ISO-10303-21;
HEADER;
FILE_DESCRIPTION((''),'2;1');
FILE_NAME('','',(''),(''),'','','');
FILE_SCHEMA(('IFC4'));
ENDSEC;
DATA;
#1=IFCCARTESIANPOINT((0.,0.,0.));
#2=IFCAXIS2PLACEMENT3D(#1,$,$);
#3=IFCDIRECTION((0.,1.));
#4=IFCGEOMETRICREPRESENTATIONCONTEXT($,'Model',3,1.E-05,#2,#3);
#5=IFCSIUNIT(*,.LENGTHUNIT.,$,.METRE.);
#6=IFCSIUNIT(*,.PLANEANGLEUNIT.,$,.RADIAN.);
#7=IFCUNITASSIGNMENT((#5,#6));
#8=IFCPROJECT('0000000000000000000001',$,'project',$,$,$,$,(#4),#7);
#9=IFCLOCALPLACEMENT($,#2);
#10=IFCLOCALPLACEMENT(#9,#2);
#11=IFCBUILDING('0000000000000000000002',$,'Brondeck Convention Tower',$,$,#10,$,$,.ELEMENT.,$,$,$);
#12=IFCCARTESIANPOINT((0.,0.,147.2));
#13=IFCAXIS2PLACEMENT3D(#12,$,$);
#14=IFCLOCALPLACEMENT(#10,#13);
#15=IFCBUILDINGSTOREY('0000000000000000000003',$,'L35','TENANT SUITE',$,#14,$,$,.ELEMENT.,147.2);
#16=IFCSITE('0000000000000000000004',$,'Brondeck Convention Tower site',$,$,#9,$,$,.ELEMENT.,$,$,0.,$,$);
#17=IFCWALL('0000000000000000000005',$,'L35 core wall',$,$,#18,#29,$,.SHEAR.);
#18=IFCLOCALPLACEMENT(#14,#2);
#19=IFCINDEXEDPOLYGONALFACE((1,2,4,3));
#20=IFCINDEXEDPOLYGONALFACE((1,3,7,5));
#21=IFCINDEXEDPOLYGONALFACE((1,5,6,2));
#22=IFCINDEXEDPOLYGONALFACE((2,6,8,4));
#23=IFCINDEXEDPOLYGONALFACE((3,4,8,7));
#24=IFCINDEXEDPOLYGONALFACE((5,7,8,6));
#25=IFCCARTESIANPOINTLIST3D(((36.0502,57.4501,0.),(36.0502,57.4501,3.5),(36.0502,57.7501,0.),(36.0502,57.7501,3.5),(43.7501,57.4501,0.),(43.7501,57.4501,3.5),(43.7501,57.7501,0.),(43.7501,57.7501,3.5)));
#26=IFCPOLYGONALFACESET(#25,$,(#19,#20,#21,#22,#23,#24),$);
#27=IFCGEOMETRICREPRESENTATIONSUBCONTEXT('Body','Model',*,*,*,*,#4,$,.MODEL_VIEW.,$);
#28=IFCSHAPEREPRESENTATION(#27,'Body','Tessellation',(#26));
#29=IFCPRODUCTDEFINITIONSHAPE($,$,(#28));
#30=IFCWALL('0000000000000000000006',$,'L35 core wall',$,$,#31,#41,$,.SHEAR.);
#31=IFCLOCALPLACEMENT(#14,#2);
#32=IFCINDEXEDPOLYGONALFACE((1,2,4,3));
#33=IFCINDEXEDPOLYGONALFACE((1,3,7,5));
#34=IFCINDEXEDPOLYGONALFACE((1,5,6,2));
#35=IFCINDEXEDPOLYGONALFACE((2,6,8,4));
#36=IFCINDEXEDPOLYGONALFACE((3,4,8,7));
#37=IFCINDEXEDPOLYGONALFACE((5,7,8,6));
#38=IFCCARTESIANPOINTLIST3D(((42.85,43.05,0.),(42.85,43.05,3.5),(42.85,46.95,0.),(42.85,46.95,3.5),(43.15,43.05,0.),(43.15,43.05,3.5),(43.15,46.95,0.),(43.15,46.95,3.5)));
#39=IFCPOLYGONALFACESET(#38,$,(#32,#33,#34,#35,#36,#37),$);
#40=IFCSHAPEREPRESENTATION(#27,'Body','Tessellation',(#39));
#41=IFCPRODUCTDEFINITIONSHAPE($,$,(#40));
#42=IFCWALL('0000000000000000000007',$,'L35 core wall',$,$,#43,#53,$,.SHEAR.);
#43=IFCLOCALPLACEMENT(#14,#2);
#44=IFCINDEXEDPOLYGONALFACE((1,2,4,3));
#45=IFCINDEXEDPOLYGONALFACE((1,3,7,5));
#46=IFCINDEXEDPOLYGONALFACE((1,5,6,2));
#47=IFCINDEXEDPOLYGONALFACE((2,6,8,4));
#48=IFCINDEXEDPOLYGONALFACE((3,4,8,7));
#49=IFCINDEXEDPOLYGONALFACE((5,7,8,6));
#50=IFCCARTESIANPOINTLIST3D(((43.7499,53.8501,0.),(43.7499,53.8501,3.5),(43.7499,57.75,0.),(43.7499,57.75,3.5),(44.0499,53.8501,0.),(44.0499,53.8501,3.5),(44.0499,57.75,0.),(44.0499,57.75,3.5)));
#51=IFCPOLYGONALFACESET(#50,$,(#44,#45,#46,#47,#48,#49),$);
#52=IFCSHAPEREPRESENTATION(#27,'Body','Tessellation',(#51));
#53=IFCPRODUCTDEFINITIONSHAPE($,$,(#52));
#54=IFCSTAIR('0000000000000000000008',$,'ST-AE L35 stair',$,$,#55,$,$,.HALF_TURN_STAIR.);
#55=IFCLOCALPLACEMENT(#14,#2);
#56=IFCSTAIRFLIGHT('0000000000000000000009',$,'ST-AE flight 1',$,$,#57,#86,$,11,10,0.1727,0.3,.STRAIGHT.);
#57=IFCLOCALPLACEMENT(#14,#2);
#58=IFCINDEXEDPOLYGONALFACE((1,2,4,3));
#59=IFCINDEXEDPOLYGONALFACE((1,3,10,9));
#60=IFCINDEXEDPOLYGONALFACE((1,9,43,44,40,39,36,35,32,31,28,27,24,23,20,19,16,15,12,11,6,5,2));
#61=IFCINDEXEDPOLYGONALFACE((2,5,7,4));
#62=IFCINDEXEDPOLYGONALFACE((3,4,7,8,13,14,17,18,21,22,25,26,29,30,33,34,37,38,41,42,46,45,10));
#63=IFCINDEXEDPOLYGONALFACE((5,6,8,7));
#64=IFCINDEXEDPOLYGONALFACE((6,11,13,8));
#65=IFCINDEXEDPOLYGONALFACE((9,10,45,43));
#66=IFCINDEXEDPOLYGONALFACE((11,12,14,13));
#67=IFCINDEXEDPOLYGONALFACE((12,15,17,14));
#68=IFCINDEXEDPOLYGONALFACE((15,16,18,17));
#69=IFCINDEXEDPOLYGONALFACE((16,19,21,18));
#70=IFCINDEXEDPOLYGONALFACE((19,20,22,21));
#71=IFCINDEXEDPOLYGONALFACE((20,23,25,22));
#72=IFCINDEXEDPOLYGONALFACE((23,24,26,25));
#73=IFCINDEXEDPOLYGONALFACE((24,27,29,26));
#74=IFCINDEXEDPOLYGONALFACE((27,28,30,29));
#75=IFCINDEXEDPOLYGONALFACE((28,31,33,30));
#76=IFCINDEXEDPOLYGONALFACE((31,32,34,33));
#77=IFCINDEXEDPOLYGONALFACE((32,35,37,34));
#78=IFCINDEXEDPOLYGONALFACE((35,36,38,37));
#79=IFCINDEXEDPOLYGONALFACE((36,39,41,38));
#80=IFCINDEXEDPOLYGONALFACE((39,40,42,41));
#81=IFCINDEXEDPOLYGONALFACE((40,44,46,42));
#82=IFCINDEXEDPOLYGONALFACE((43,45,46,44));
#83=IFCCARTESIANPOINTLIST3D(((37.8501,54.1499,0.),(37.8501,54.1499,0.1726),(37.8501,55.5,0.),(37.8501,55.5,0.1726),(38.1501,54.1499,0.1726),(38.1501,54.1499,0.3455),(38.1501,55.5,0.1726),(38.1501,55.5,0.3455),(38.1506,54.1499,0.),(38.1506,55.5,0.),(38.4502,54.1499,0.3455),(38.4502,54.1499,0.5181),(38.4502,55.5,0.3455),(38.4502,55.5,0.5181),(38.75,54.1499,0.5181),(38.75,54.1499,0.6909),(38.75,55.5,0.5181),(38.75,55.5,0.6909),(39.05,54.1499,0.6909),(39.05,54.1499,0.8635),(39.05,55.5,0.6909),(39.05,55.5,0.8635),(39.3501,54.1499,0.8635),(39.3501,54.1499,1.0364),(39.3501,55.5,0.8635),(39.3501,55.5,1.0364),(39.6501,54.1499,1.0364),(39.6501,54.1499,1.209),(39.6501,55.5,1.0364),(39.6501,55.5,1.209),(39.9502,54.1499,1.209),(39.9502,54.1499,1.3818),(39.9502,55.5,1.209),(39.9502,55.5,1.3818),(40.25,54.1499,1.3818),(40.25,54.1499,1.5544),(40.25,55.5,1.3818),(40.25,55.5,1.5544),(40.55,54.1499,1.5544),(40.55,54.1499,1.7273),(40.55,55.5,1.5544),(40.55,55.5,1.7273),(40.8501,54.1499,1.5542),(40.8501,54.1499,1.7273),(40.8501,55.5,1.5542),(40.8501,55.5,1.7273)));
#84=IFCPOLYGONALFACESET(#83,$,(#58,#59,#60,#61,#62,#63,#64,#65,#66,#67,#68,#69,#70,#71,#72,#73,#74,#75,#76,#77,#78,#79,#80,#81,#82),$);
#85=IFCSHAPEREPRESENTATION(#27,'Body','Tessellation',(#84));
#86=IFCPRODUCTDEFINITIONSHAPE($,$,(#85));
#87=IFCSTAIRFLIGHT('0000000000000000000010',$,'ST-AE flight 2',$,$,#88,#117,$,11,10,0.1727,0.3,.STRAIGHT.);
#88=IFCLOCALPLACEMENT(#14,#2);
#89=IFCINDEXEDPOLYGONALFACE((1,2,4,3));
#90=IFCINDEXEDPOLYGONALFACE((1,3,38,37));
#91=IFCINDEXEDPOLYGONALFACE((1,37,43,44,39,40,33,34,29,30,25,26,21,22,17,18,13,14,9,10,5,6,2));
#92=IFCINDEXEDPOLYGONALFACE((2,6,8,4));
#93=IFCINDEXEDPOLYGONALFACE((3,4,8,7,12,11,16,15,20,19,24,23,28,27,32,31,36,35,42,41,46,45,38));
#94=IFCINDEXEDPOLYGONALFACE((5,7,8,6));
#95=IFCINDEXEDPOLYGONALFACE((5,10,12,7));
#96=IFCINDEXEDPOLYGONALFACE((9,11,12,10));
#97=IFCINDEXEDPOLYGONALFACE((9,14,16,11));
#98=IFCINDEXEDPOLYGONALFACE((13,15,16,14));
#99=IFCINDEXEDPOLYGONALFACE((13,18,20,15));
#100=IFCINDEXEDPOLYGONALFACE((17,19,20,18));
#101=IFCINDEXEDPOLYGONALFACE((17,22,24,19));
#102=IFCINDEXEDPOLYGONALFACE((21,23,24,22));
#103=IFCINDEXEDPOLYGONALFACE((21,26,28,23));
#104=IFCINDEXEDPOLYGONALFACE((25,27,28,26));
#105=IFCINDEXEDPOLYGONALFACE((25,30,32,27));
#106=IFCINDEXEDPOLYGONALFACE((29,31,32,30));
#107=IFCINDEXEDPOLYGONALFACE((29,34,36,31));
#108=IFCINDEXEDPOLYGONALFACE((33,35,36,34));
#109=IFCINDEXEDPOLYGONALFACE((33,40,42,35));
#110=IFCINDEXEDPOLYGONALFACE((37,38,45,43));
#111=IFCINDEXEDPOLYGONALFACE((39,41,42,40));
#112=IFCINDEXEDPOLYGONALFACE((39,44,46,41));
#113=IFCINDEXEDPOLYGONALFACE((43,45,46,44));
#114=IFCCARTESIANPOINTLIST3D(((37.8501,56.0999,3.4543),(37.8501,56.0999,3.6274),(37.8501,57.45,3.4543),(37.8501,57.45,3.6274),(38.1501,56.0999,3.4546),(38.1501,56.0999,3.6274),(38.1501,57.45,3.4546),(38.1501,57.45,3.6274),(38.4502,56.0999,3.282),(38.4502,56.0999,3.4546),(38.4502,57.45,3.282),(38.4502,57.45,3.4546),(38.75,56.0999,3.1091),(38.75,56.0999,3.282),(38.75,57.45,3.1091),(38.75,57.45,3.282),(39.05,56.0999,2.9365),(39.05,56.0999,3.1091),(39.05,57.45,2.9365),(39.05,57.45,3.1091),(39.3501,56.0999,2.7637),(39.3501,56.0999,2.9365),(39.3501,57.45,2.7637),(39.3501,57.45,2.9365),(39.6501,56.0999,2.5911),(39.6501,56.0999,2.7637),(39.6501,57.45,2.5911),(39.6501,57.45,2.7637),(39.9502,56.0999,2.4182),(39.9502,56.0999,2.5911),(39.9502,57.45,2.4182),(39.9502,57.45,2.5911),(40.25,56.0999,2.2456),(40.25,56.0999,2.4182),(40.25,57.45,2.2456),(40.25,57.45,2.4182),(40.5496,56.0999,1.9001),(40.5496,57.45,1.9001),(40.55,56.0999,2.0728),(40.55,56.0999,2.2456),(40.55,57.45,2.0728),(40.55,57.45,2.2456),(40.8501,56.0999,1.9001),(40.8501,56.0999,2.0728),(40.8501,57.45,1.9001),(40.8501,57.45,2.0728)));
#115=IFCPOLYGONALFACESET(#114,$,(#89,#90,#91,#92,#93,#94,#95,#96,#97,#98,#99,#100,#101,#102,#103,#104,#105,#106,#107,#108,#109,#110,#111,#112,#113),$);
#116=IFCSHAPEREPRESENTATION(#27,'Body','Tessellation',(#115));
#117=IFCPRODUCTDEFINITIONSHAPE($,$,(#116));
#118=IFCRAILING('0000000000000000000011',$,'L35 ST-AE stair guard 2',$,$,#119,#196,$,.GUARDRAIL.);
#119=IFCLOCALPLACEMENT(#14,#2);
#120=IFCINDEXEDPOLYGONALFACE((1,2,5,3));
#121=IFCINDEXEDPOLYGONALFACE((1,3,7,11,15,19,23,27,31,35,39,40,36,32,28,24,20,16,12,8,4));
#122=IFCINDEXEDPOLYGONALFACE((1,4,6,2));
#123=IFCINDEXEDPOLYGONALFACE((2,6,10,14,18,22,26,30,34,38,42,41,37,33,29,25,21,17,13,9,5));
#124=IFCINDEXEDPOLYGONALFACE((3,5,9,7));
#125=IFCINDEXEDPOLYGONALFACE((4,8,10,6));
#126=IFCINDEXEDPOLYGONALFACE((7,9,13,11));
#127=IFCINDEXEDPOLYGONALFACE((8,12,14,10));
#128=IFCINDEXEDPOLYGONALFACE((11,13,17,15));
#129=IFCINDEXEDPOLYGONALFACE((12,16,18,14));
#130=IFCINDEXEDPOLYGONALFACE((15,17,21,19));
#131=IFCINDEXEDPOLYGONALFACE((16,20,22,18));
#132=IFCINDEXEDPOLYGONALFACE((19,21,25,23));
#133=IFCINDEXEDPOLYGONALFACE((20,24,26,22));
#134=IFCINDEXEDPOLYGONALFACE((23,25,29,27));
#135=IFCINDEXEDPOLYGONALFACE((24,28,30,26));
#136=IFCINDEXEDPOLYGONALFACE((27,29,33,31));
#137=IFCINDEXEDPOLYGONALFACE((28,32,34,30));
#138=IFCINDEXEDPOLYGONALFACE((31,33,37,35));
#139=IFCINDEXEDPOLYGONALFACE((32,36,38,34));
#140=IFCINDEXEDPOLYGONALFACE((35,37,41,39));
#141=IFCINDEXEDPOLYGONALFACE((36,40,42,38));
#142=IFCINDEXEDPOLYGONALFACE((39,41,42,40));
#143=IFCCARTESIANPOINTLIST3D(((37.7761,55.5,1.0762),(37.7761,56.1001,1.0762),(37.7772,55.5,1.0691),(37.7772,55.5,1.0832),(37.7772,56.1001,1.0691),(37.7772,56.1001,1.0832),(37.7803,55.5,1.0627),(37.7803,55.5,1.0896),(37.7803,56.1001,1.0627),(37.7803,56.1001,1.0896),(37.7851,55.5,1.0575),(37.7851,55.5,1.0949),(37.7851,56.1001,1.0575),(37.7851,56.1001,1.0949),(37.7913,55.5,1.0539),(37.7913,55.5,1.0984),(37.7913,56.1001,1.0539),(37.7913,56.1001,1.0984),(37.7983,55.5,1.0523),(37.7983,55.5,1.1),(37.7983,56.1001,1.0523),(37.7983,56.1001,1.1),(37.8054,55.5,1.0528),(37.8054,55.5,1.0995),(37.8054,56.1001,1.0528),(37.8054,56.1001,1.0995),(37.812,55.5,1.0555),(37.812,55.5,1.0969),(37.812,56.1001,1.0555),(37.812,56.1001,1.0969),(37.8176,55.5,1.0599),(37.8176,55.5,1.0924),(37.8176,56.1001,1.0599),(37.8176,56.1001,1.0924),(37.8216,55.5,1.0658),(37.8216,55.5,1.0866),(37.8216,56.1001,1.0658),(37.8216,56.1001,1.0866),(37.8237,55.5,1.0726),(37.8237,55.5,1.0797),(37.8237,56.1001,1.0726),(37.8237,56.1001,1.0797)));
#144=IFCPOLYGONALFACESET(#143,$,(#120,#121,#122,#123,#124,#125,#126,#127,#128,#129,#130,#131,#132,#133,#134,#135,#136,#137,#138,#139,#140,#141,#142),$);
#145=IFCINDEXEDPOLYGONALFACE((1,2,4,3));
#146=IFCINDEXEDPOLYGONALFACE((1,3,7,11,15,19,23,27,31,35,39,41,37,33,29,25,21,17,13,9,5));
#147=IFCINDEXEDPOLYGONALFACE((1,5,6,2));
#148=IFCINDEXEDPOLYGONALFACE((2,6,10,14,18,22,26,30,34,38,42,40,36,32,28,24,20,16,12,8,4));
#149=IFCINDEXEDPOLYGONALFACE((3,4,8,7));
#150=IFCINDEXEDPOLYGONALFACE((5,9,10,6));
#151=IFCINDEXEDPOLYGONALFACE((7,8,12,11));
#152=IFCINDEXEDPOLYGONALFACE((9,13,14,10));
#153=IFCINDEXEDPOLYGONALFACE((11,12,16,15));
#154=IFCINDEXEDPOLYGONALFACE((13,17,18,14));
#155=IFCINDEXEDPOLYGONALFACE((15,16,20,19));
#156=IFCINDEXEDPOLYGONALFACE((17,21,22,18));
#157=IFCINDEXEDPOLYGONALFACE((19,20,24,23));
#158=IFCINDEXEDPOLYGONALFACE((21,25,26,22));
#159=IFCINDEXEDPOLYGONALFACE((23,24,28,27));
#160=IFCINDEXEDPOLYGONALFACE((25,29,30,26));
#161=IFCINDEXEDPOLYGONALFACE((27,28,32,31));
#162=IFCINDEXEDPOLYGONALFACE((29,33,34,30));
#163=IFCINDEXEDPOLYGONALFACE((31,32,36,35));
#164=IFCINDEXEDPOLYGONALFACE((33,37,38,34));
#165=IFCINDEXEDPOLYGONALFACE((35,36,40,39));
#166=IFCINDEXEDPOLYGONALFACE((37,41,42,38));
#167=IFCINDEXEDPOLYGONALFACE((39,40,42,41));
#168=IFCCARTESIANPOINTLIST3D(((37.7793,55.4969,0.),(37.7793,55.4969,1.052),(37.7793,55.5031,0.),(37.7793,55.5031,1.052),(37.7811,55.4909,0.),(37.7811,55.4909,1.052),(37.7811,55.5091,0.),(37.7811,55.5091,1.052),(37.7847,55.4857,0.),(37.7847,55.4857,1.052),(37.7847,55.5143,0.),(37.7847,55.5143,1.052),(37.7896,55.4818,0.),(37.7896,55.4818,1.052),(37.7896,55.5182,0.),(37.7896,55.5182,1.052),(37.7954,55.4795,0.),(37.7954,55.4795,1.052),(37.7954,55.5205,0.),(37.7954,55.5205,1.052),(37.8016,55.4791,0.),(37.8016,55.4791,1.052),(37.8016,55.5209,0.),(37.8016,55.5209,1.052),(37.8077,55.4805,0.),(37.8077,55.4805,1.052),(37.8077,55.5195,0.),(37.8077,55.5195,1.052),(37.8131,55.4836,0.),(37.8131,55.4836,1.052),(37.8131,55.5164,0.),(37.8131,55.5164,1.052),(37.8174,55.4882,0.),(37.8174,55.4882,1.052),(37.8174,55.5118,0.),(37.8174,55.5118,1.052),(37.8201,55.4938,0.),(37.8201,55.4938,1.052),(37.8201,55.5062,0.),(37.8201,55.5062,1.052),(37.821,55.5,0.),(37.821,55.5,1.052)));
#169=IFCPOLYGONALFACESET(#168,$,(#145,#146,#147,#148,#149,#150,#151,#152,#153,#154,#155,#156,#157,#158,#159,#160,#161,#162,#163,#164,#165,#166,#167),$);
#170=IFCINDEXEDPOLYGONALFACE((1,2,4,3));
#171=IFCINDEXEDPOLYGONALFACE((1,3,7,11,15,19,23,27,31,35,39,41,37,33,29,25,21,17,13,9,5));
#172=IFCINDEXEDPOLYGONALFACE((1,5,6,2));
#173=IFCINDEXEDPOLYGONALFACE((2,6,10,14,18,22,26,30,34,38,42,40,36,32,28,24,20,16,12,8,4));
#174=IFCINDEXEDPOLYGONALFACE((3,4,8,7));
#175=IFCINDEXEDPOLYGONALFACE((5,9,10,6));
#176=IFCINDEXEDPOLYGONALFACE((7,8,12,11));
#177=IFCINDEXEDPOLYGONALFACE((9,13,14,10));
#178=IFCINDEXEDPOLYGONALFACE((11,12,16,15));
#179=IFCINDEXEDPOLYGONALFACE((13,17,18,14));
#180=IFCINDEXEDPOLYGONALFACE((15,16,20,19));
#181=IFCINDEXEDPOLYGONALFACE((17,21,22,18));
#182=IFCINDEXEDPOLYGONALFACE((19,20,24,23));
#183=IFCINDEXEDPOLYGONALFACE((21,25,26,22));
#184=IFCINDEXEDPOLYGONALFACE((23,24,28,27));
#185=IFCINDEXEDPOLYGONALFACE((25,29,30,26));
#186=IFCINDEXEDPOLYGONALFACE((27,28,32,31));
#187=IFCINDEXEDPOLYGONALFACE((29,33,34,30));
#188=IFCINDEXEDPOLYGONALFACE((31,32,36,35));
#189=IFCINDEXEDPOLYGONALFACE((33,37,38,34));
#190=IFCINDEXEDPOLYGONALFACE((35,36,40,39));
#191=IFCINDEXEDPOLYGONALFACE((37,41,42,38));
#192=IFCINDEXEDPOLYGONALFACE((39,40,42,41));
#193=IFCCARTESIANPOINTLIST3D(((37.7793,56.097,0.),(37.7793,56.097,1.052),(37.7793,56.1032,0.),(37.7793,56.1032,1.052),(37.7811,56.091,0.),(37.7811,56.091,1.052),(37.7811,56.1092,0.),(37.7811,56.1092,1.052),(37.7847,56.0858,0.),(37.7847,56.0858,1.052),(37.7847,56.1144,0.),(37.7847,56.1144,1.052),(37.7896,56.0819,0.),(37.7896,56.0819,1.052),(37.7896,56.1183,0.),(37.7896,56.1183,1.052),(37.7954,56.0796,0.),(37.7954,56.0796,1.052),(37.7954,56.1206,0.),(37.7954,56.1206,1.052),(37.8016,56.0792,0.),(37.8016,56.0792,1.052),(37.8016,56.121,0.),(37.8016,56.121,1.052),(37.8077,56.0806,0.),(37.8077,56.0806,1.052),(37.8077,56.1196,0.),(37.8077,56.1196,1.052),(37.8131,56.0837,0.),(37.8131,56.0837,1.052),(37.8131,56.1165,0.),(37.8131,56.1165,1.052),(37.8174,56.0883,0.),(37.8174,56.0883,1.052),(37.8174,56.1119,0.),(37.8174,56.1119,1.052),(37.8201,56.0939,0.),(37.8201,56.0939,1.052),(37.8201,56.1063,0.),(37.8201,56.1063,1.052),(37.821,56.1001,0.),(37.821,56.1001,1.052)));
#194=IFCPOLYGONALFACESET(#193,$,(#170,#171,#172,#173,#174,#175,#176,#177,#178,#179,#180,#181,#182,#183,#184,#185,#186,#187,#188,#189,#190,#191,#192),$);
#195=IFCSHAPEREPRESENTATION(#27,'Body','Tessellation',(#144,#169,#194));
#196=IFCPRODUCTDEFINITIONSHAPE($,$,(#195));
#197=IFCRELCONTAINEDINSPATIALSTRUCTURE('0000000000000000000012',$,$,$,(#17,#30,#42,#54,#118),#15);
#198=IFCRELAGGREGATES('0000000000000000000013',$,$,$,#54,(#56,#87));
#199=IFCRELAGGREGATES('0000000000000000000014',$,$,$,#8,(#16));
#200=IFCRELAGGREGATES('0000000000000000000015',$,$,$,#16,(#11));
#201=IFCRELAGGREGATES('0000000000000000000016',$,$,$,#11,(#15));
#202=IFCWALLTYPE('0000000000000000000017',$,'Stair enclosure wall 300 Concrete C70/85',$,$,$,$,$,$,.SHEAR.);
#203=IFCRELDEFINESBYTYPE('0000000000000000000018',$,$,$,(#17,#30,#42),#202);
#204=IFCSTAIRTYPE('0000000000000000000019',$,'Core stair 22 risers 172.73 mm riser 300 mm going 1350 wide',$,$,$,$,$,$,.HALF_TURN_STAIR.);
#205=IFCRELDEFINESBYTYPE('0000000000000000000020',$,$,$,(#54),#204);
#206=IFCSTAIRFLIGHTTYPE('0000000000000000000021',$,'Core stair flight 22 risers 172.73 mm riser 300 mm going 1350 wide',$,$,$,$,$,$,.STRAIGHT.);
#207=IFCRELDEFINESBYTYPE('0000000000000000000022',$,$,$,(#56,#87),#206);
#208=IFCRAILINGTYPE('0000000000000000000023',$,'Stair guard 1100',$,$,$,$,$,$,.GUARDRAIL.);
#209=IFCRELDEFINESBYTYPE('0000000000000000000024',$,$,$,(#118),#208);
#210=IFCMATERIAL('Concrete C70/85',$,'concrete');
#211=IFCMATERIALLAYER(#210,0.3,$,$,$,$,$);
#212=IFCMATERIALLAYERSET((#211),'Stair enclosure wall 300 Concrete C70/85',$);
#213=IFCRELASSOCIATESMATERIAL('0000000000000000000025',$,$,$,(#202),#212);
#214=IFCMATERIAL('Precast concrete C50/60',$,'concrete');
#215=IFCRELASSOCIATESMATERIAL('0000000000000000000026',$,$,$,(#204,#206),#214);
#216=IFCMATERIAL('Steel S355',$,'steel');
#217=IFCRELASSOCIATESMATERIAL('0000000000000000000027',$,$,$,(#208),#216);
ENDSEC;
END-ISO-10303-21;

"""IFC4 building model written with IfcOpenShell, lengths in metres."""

from ifc_helpers import new_model, si_unit, direction, frame, frame_2d, origin, origin_2d, place, context, subcontext, project, spatial, polyline, rectangle, circle, outline, extrude, material, layer, layer_set, type_object, element, aggregate, save


model = new_model("IFC4")

# Units and contexts
model_context = context("Model", 3, precision=1e-05, world=origin(), true_north=direction((0.0, 1.0)))
body_context = subcontext(model_context, "Body", "Model", "MODEL_VIEW")
ifc_project = project(units=[si_unit("LENGTHUNIT", "METRE"), si_unit("PLANEANGLEUNIT", "RADIAN")], contexts=[model_context])

# Site, building, storey
site_placement = place(None, origin())
site = spatial("IfcSite", under=ifc_project, at=site_placement, Name="Brondeck Convention Tower site", CompositionType="ELEMENT", RefElevation=0.0)
building_placement = place(site_placement, origin())
building = spatial("IfcBuilding", under=site, at=building_placement, Name="Brondeck Convention Tower", CompositionType="ELEMENT")
storey_placement = place(building_placement, frame((0.0, 0.0, 147.2)))
storey = spatial("IfcBuildingStorey", under=building, at=storey_placement, Name="L35", Description="TENANT SUITE", CompositionType="ELEMENT", Elevation=147.2)

# Shared definitions
ifc_material_1 = material(Name="Concrete C70/85", Category="concrete")

# Shared definitions
ifc_material_2 = material(Name="Steel S355", Category="steel")

# Shared definitions
ifc_layer_1 = layer(ifc_material_1, 0.3)
ifc_layer_set_1 = layer_set([ifc_layer_1], Name="Stair enclosure wall 300 Concrete C70/85")
wall_type_1 = type_object("IfcWallType", Name="Stair enclosure wall 300 Concrete C70/85", PredefinedType="SHEAR", material=ifc_layer_set_1)

# Walls
wall_1_placement = place(storey_placement, frame((36.05, 57.6001, 0.0), z_axis=(0.0, 0.0, 1.0), x_axis=(1.0, 0.0, 0.0)))
element("IfcWall", 1, at=wall_1_placement, inside=storey, type_object=wall_type_1, Name="L35 core wall", PredefinedType="SHEAR", context=body_context, shape_type="SweptSolid", body=[
    extrude(rectangle(XDim=7.7, YDim=0.3, at=frame_2d((3.8501, 0.0))), origin(), (0.0, 0.0, 1.0), 3.5),
])
for number, where, z_axis, x_axis, name in (
    (2, (43.0, 43.05, 0.0), (0.0, 0.0, 1.0), (0.0, 1.0, 0.0), "L35 core wall"),
    (3, (43.8999, 53.8501, 0.0), (0.0, 0.0, 1.0), (0.0, 1.0, 0.0), "L35 core wall"),
):
    element("IfcWall", number, at=place(storey_placement, frame(where, z_axis=z_axis, x_axis=x_axis)), inside=storey, type_object=wall_type_1, Name=name, PredefinedType="SHEAR", context=body_context, shape_type="SweptSolid", body=[
        extrude(rectangle(XDim=3.8999, YDim=0.3, at=frame_2d((1.95, 0.0))), origin(), (0.0, 0.0, 1.0), 3.5),
    ])

# Stair, stair flights
ifc_material_3 = material(Name="Precast concrete C50/60", Category="concrete")
stair_type = type_object("IfcStairType", Name="Core stair 22 risers 172.73 mm riser 300 mm going 1350 wide", PredefinedType="HALF_TURN_STAIR", material=ifc_material_3)
stair_placement = place(storey_placement, origin())
stair = element("IfcStair", 4, at=stair_placement, inside=storey, type_object=stair_type, Name="ST-AE L35 stair", PredefinedType="HALF_TURN_STAIR")
stair_flight_type = type_object("IfcStairFlightType", Name="Core stair flight 22 risers 172.73 mm riser 300 mm going 1350 wide", PredefinedType="STRAIGHT", material=ifc_material_3)
stair_flight_1_placement = place(storey_placement, frame((37.8501, 54.825, 0.0), z_axis=(0.0, 0.0, 1.0), x_axis=(1.0, 0.0, 0.0)))
stair_flight_1 = element("IfcStairFlight", 5, at=stair_flight_1_placement, type_object=stair_flight_type, Name="ST-AE flight 1", NumberOfRisers=11, NumberOfTreads=10, PredefinedType="STRAIGHT", RiserHeight=0.1727, TreadLength=0.3, context=body_context, shape_type="SweptSolid", body=[
    extrude(outline(polyline([(0.0, 0.0), (0.0, 0.1726), (0.3, 0.1726), (0.3, 0.3455), (0.6001, 0.3455), (0.6001, 0.5181), (0.8999, 0.5181), (0.8999, 0.6909), (1.2, 0.6909), (1.2, 0.8635), (1.5, 0.8635), (1.5, 1.0364), (1.8, 1.0364), (1.8, 1.209), (2.1001, 1.209), (2.1001, 1.3818), (2.3999, 1.3818), (2.3999, 1.5544), (2.7, 1.5544), (2.7, 1.7273), (3.0, 1.7273), (3.0, 1.8999), (3.0, 1.5542), (0.3005, 0.0), (0.0, 0.0)])), frame((0.0, 0.675, 0.0), z_axis=(0.0, -1.0, 0.0), x_axis=(1.0, 0.0, 0.0)), (0.0, 0.0, 1.0), 1.3501),
])
stair_flight_2_placement = place(storey_placement, frame((40.8501, 56.7749, 1.9001), z_axis=(0.0, 0.0, 1.0), x_axis=(-1.0, 0.0, 0.0)))
stair_flight_2 = element("IfcStairFlight", 6, at=stair_flight_2_placement, type_object=stair_flight_type, Name="ST-AE flight 2", NumberOfRisers=11, NumberOfTreads=10, PredefinedType="STRAIGHT", RiserHeight=0.1727, TreadLength=0.3, context=body_context, shape_type="SweptSolid", body=[
    extrude(outline(polyline([(0.0, 0.0), (0.0, 0.1726), (0.3, 0.1726), (0.3, 0.3455), (0.6001, 0.3455), (0.6001, 0.5181), (0.8999, 0.5181), (0.8999, 0.6909), (1.2, 0.6909), (1.2, 0.8635), (1.5, 0.8635), (1.5, 1.0364), (1.8, 1.0364), (1.8, 1.209), (2.1001, 1.209), (2.1001, 1.3818), (2.3999, 1.3818), (2.3999, 1.5544), (2.7, 1.5544), (2.7, 1.7273), (3.0, 1.7273), (3.0, 1.8999), (3.0, 1.5542), (0.3005, 0.0), (0.0, 0.0)])), frame((0.0, 0.675, 0.0), z_axis=(0.0, -1.0, 0.0), x_axis=(1.0, 0.0, 0.0)), (0.0, 0.0, 1.0), 1.3501),
])
aggregate(stair, [stair_flight_1, stair_flight_2])

# Railing
railing_type_1 = type_object("IfcRailingType", Name="Stair guard 1100", PredefinedType="GUARDRAIL", material=ifc_material_2)
railing_1_placement = place(storey_placement, frame((37.8, 55.5, 0.0)))
element("IfcRailing", 7, at=railing_1_placement, inside=storey, type_object=railing_type_1, Name="L35 ST-AE stair guard 2", PredefinedType="GUARDRAIL", context=body_context, shape_type="SweptSolid", body=[
    extrude(circle(Radius=0.0239, at=origin_2d()), frame((0.0, 0.0, 1.0762), z_axis=(0.0, 1.0, 0.0), x_axis=(-1.0, 0.0, 0.0)), (0.0, 0.0, 1.0), 0.6001),
    extrude(circle(Radius=0.021, at=origin_2d()), origin(), (0.0, 0.0, 1.0), 1.052),
    extrude(circle(Radius=0.021, at=origin_2d()), frame((0.0, 0.6001, 0.0)), (0.0, 0.0, 1.0), 1.052),
])

save(model, "model.ifc")
